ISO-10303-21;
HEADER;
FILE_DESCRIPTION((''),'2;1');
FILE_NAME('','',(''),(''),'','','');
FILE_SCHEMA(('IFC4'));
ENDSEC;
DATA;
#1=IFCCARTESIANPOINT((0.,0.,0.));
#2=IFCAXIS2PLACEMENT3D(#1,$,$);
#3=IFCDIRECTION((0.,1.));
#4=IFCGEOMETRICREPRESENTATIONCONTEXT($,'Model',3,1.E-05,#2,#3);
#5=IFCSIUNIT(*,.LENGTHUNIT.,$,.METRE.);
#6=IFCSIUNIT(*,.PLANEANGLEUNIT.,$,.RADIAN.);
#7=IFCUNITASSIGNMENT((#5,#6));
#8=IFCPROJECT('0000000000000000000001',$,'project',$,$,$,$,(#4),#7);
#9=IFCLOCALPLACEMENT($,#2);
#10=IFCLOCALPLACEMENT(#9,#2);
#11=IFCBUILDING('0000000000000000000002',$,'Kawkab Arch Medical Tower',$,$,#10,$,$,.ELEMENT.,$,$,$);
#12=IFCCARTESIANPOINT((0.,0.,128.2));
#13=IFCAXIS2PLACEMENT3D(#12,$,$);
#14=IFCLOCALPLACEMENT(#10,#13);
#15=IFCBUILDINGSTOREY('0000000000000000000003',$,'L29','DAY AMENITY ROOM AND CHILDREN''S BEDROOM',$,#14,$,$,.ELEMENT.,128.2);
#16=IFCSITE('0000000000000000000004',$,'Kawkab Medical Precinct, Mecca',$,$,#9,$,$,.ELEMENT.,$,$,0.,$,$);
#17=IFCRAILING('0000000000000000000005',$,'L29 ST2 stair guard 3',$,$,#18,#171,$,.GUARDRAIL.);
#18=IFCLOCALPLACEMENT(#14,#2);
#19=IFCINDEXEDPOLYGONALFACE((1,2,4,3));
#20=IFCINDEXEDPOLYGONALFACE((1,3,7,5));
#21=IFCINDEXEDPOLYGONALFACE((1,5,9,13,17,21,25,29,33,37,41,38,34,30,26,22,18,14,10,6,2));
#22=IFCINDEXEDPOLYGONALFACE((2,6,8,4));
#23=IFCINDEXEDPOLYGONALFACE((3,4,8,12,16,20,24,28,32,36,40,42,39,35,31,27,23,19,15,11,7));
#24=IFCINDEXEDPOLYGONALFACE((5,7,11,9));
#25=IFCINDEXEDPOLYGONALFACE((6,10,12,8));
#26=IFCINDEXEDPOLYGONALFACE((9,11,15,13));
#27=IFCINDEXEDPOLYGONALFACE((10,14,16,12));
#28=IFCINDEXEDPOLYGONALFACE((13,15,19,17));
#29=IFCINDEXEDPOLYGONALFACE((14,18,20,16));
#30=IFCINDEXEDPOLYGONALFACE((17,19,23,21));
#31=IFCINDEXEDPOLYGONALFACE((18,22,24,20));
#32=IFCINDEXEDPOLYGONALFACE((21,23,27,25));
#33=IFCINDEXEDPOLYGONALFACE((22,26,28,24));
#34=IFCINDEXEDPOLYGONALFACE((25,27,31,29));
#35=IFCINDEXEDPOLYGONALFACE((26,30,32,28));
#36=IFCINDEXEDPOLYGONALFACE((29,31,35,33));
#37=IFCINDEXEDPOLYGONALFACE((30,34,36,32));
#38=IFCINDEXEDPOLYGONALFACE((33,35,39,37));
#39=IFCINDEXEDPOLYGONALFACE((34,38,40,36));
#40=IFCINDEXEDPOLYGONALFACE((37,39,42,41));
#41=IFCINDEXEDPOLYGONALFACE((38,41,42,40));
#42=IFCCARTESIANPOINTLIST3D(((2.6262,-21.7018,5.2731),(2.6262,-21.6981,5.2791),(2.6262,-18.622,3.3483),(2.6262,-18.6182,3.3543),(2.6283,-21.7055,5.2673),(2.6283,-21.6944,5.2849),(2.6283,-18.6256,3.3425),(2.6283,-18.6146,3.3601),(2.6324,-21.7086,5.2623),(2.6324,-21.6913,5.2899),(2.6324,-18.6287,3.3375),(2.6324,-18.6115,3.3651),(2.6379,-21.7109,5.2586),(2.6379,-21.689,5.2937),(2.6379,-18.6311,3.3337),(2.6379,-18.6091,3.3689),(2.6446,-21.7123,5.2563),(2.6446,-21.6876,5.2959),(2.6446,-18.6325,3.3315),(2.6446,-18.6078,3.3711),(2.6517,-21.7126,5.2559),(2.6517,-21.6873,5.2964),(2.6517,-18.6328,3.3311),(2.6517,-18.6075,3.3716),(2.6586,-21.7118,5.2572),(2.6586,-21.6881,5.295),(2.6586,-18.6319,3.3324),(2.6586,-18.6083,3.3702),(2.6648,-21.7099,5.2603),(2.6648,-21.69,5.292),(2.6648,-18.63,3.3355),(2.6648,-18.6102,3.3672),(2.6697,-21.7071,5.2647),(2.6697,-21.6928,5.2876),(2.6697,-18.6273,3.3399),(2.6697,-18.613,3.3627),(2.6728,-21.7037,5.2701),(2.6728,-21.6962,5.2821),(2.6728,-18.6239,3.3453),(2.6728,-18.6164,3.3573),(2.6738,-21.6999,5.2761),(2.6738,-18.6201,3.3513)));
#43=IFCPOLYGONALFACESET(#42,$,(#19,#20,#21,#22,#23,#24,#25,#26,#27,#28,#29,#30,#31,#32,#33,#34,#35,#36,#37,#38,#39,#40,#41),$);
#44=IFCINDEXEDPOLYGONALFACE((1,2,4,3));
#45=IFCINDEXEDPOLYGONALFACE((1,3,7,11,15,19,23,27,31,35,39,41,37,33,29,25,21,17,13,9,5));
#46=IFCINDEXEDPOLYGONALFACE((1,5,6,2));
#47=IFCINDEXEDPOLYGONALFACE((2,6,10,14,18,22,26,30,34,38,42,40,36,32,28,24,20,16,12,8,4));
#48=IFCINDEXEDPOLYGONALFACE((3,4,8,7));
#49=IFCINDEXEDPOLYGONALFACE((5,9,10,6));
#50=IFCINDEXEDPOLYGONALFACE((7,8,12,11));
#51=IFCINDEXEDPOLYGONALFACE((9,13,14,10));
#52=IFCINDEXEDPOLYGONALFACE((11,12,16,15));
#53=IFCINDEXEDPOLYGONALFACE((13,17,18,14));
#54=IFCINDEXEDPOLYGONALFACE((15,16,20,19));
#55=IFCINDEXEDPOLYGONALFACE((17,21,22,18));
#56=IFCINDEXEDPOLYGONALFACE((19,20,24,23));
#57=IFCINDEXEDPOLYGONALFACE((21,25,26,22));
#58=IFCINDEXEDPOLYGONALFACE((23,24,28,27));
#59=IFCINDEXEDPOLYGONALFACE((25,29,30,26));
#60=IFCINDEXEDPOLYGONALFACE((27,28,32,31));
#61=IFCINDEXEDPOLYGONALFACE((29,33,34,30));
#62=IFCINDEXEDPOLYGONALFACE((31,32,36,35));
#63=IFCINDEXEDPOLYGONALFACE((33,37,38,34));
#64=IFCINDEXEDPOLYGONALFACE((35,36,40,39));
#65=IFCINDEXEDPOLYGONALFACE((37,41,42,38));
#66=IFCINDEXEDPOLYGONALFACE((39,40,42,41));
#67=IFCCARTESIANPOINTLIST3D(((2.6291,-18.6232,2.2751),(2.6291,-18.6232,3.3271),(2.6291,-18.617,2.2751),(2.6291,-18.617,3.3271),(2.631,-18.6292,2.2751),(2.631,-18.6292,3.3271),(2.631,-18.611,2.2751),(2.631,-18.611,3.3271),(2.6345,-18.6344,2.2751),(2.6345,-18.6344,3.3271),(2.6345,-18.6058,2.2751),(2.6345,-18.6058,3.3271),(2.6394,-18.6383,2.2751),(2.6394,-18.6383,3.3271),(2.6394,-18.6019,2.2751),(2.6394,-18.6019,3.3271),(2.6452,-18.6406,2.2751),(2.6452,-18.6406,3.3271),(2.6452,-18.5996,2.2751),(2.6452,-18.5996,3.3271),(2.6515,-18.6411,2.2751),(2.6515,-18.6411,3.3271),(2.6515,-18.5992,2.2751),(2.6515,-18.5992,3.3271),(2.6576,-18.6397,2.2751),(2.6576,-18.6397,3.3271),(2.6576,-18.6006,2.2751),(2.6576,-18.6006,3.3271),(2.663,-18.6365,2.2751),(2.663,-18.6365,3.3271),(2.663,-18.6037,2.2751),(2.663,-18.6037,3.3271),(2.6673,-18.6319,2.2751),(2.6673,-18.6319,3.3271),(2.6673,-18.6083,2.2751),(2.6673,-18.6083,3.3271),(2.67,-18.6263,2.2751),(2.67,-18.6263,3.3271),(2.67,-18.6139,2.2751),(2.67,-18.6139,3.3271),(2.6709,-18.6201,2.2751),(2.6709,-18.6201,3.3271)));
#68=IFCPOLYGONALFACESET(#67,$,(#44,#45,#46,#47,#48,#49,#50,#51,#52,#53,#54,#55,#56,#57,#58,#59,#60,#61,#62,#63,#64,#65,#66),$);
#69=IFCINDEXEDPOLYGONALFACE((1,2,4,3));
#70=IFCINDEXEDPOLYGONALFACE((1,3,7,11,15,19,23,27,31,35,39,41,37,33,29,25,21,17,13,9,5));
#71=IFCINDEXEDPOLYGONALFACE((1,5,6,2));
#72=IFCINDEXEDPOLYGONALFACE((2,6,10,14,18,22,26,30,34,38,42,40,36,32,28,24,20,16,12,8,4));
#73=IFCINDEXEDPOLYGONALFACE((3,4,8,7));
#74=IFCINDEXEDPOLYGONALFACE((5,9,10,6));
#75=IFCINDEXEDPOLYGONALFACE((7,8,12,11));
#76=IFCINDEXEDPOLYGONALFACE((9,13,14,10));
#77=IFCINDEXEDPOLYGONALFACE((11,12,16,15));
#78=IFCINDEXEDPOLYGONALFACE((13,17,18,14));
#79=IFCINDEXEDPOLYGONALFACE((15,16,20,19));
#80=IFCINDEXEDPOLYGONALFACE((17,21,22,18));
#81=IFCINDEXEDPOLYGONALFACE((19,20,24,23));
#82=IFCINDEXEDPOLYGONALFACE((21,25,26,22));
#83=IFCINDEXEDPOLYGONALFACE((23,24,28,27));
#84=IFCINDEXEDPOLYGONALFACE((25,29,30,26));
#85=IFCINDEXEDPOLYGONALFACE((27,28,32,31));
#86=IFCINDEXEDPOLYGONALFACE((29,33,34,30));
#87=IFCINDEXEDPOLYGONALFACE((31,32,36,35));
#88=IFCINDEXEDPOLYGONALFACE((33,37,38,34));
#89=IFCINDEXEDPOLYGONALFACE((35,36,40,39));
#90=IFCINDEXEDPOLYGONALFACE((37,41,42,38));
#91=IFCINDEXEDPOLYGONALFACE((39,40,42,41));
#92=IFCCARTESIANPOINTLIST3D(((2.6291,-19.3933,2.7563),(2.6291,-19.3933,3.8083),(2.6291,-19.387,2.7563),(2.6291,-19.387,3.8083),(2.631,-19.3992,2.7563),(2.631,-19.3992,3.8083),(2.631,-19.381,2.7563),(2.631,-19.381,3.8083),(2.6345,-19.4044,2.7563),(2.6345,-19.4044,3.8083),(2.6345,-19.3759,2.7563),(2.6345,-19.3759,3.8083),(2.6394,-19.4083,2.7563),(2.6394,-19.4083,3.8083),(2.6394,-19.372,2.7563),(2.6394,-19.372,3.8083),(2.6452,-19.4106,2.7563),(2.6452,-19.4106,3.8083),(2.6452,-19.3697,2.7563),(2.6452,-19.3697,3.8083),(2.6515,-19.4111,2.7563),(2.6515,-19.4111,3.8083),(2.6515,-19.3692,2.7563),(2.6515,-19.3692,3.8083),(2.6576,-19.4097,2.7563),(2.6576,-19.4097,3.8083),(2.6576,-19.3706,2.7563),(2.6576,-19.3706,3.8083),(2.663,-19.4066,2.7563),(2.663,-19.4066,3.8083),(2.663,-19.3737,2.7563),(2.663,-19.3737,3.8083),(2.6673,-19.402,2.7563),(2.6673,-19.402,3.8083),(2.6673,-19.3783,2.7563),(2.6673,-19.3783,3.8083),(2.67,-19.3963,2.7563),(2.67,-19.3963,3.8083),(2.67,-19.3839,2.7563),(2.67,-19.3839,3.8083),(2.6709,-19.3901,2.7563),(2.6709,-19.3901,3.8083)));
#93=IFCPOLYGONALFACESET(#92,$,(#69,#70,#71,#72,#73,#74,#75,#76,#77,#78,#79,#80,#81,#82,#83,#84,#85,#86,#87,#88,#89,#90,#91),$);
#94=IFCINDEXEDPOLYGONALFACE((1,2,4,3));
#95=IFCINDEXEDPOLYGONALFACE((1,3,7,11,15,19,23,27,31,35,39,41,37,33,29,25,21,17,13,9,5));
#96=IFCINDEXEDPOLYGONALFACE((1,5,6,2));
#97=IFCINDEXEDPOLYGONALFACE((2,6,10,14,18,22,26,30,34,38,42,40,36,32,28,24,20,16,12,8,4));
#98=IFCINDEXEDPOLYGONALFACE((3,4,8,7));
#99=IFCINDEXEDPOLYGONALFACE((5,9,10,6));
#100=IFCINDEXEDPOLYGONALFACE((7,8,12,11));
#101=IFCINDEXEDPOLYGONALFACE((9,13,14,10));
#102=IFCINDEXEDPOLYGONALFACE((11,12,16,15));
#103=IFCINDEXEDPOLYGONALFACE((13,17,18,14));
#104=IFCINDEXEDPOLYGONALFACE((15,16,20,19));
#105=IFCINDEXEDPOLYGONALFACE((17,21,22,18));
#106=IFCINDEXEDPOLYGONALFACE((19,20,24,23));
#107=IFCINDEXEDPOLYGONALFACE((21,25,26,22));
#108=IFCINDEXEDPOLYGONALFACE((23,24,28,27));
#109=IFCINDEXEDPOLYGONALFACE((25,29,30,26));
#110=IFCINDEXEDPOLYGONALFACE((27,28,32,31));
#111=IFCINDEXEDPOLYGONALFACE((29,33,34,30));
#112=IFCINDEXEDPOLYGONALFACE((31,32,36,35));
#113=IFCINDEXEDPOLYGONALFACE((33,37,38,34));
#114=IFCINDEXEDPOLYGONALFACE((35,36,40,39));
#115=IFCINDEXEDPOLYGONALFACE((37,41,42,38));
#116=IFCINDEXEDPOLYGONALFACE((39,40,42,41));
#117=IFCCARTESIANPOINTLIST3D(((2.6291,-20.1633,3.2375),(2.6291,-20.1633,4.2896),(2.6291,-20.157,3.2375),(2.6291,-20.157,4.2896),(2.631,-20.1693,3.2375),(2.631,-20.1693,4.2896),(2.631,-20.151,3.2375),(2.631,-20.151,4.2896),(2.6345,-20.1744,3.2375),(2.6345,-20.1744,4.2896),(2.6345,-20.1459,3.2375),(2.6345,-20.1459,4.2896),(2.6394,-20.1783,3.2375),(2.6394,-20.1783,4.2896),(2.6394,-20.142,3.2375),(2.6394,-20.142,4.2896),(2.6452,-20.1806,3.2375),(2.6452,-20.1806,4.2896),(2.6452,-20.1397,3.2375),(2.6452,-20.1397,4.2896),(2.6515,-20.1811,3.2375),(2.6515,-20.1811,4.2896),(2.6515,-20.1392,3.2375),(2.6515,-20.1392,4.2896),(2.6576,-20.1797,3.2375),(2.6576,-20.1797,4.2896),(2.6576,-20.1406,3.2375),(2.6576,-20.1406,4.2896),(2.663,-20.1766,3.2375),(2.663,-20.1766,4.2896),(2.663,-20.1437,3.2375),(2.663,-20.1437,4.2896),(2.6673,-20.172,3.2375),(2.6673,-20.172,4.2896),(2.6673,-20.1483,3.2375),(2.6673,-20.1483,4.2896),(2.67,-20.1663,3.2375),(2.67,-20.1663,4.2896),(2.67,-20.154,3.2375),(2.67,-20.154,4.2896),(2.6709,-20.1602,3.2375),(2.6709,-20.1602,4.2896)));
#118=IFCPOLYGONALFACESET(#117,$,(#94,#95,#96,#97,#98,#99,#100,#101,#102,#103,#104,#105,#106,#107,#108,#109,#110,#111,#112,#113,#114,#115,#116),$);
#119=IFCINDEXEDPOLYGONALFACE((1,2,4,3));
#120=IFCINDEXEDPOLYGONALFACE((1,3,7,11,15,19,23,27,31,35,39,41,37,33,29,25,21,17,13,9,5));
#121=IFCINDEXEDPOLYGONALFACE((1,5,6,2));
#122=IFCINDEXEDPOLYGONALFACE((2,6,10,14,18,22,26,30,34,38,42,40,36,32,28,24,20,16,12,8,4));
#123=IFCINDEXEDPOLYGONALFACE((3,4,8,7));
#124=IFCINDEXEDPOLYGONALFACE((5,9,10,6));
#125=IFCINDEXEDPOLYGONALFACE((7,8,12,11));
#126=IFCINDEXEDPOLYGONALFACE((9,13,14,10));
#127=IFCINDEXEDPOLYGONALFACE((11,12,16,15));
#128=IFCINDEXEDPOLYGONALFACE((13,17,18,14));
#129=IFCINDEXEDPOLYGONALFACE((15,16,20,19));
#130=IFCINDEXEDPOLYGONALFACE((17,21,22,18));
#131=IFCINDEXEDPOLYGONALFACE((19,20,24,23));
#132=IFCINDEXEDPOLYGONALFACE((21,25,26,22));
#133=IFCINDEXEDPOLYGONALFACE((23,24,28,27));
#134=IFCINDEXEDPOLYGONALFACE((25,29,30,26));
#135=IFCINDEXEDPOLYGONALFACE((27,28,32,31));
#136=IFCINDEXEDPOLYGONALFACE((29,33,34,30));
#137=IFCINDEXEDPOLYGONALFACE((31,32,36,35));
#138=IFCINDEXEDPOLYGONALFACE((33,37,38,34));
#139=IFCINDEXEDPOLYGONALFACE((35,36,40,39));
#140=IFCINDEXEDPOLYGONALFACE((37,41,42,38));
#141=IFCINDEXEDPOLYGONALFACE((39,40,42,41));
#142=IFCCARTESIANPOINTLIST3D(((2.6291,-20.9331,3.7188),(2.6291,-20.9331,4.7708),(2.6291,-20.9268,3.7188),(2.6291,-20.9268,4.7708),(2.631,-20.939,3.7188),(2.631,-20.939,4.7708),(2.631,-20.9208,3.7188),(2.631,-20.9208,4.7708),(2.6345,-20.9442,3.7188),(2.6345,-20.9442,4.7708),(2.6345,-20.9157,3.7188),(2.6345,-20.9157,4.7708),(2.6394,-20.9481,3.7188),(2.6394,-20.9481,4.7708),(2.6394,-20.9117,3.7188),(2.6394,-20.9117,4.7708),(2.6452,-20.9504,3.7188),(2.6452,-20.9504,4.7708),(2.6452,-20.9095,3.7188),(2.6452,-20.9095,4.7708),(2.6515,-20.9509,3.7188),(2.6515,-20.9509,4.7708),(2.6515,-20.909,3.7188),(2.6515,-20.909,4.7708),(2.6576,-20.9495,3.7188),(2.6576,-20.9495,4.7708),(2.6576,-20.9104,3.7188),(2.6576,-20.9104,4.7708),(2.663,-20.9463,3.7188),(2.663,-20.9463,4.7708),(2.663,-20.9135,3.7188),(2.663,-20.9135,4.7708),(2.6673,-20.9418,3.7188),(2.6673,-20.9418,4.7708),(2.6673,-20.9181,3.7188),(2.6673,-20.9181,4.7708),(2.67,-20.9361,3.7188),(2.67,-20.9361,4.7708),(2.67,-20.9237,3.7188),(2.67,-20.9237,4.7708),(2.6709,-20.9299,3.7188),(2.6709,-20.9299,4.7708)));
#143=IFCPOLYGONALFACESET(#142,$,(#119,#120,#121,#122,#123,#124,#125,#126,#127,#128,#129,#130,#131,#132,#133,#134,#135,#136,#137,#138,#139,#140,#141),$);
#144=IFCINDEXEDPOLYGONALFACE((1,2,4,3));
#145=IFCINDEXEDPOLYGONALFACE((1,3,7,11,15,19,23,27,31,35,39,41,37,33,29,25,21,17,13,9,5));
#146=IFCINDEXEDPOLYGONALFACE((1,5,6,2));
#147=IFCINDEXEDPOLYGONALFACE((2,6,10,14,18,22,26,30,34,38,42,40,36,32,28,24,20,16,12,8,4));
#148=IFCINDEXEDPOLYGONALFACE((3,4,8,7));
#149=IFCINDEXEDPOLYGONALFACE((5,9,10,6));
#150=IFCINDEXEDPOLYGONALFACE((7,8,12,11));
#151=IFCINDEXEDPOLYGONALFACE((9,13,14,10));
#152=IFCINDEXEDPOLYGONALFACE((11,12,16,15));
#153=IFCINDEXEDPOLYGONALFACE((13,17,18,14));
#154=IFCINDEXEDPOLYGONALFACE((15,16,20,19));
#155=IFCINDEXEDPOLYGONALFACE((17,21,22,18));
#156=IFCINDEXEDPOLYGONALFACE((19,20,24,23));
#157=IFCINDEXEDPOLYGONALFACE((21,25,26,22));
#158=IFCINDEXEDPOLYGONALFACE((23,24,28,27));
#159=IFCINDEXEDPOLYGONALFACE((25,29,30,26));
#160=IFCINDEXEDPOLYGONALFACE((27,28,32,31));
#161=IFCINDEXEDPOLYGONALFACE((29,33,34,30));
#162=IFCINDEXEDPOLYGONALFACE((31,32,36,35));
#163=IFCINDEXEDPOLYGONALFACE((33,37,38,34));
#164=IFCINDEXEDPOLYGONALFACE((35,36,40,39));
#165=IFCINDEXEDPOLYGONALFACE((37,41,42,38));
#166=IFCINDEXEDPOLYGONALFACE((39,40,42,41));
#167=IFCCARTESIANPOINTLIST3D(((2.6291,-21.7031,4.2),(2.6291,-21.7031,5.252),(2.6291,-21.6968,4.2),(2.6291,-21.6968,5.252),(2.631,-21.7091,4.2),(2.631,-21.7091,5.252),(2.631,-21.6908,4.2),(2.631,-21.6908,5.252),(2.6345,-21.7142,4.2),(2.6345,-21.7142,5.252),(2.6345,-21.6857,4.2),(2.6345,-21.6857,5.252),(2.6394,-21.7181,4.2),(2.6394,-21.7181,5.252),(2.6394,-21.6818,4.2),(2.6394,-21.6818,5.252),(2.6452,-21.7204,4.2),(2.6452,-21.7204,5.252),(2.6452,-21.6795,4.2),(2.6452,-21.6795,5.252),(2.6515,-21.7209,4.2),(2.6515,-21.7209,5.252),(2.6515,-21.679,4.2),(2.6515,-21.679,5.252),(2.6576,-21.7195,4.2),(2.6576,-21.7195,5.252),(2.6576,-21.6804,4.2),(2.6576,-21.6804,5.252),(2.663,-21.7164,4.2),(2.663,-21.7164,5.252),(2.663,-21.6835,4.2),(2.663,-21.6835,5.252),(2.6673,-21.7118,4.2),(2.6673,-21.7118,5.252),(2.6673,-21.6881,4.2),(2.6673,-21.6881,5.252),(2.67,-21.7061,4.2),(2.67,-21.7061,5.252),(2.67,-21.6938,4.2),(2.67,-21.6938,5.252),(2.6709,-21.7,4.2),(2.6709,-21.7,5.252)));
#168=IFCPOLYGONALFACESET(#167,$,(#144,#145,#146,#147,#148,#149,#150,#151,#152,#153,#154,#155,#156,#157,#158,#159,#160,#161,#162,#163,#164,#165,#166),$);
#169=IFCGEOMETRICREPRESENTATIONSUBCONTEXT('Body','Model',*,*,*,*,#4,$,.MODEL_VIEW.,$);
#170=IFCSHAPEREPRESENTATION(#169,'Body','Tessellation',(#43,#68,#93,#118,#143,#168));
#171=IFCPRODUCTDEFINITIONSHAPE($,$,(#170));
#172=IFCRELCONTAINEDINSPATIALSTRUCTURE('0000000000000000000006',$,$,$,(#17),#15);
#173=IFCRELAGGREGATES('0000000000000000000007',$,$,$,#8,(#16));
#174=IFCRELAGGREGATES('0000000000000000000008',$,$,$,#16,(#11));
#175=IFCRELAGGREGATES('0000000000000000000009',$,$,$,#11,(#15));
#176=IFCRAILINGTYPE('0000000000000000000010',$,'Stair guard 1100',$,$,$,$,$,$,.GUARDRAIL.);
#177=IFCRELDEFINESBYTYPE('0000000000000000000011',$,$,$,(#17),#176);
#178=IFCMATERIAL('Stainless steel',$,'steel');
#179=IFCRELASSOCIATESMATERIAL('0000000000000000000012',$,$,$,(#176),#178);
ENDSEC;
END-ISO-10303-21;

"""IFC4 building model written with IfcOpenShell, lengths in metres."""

from ifc_helpers import new_model, si_unit, direction, frame, origin, origin_2d, place, context, subcontext, project, spatial, circle, extrude, material, type_object, element, save


model = new_model("IFC4")

# Units and contexts
model_context = context("Model", 3, precision=1e-05, world=origin(), true_north=direction((0.0, 1.0)))
body_context = subcontext(model_context, "Body", "Model", "MODEL_VIEW")
ifc_project = project(units=[si_unit("LENGTHUNIT", "METRE"), si_unit("PLANEANGLEUNIT", "RADIAN")], contexts=[model_context])

# Site, building, storey
site_placement = place(None, origin())
site = spatial("IfcSite", under=ifc_project, at=site_placement, Name="Kawkab Medical Precinct, Mecca", CompositionType="ELEMENT", RefElevation=0.0)
building_placement = place(site_placement, origin())
building = spatial("IfcBuilding", under=site, at=building_placement, Name="Kawkab Arch Medical Tower", CompositionType="ELEMENT")
storey_placement = place(building_placement, frame((0.0, 0.0, 128.2)))
storey = spatial("IfcBuildingStorey", under=building, at=storey_placement, Name="L29", Description="DAY AMENITY ROOM AND CHILDREN'S BEDROOM", CompositionType="ELEMENT", Elevation=128.2)

# Railing
ifc_material_1 = material(Name="Stainless steel", Category="steel")
railing_type = type_object("IfcRailingType", Name="Stair guard 1100", PredefinedType="GUARDRAIL", material=ifc_material_1)
railing_1_placement = place(storey_placement, frame((2.6499, -18.6201, 2.2751)))
element("IfcRailing", 1, at=railing_1_placement, inside=storey, type_object=railing_type, Name="L29 ST2 stair guard 3", PredefinedType="GUARDRAIL", context=body_context, shape_type="SweptSolid", body=[
    extrude(circle(Radius=0.0239, at=origin_2d()), frame((0.0, 0.0, 1.0762), z_axis=(0.0, -0.84801, 0.529981), x_axis=(1.0, 0.0, 0.0)), (0.0, 0.0, 1.0), 3.6318),
    extrude(circle(Radius=0.021, at=origin_2d()), origin(), (0.0, 0.0, 1.0), 1.052),
    extrude(circle(Radius=0.021, at=origin_2d()), frame((0.0, -0.77, 0.4812)), (0.0, 0.0, 1.0), 1.052),
    extrude(circle(Radius=0.021, at=origin_2d()), frame((0.0, -1.54, 0.9624)), (0.0, 0.0, 1.0), 1.052),
    extrude(circle(Radius=0.021, at=origin_2d()), frame((0.0, -2.3098, 1.4436)), (0.0, 0.0, 1.0), 1.052),
    extrude(circle(Radius=0.021, at=origin_2d()), frame((0.0, -3.0798, 1.9248)), (0.0, 0.0, 1.0), 1.052),
])

save(model, "model.ifc")
